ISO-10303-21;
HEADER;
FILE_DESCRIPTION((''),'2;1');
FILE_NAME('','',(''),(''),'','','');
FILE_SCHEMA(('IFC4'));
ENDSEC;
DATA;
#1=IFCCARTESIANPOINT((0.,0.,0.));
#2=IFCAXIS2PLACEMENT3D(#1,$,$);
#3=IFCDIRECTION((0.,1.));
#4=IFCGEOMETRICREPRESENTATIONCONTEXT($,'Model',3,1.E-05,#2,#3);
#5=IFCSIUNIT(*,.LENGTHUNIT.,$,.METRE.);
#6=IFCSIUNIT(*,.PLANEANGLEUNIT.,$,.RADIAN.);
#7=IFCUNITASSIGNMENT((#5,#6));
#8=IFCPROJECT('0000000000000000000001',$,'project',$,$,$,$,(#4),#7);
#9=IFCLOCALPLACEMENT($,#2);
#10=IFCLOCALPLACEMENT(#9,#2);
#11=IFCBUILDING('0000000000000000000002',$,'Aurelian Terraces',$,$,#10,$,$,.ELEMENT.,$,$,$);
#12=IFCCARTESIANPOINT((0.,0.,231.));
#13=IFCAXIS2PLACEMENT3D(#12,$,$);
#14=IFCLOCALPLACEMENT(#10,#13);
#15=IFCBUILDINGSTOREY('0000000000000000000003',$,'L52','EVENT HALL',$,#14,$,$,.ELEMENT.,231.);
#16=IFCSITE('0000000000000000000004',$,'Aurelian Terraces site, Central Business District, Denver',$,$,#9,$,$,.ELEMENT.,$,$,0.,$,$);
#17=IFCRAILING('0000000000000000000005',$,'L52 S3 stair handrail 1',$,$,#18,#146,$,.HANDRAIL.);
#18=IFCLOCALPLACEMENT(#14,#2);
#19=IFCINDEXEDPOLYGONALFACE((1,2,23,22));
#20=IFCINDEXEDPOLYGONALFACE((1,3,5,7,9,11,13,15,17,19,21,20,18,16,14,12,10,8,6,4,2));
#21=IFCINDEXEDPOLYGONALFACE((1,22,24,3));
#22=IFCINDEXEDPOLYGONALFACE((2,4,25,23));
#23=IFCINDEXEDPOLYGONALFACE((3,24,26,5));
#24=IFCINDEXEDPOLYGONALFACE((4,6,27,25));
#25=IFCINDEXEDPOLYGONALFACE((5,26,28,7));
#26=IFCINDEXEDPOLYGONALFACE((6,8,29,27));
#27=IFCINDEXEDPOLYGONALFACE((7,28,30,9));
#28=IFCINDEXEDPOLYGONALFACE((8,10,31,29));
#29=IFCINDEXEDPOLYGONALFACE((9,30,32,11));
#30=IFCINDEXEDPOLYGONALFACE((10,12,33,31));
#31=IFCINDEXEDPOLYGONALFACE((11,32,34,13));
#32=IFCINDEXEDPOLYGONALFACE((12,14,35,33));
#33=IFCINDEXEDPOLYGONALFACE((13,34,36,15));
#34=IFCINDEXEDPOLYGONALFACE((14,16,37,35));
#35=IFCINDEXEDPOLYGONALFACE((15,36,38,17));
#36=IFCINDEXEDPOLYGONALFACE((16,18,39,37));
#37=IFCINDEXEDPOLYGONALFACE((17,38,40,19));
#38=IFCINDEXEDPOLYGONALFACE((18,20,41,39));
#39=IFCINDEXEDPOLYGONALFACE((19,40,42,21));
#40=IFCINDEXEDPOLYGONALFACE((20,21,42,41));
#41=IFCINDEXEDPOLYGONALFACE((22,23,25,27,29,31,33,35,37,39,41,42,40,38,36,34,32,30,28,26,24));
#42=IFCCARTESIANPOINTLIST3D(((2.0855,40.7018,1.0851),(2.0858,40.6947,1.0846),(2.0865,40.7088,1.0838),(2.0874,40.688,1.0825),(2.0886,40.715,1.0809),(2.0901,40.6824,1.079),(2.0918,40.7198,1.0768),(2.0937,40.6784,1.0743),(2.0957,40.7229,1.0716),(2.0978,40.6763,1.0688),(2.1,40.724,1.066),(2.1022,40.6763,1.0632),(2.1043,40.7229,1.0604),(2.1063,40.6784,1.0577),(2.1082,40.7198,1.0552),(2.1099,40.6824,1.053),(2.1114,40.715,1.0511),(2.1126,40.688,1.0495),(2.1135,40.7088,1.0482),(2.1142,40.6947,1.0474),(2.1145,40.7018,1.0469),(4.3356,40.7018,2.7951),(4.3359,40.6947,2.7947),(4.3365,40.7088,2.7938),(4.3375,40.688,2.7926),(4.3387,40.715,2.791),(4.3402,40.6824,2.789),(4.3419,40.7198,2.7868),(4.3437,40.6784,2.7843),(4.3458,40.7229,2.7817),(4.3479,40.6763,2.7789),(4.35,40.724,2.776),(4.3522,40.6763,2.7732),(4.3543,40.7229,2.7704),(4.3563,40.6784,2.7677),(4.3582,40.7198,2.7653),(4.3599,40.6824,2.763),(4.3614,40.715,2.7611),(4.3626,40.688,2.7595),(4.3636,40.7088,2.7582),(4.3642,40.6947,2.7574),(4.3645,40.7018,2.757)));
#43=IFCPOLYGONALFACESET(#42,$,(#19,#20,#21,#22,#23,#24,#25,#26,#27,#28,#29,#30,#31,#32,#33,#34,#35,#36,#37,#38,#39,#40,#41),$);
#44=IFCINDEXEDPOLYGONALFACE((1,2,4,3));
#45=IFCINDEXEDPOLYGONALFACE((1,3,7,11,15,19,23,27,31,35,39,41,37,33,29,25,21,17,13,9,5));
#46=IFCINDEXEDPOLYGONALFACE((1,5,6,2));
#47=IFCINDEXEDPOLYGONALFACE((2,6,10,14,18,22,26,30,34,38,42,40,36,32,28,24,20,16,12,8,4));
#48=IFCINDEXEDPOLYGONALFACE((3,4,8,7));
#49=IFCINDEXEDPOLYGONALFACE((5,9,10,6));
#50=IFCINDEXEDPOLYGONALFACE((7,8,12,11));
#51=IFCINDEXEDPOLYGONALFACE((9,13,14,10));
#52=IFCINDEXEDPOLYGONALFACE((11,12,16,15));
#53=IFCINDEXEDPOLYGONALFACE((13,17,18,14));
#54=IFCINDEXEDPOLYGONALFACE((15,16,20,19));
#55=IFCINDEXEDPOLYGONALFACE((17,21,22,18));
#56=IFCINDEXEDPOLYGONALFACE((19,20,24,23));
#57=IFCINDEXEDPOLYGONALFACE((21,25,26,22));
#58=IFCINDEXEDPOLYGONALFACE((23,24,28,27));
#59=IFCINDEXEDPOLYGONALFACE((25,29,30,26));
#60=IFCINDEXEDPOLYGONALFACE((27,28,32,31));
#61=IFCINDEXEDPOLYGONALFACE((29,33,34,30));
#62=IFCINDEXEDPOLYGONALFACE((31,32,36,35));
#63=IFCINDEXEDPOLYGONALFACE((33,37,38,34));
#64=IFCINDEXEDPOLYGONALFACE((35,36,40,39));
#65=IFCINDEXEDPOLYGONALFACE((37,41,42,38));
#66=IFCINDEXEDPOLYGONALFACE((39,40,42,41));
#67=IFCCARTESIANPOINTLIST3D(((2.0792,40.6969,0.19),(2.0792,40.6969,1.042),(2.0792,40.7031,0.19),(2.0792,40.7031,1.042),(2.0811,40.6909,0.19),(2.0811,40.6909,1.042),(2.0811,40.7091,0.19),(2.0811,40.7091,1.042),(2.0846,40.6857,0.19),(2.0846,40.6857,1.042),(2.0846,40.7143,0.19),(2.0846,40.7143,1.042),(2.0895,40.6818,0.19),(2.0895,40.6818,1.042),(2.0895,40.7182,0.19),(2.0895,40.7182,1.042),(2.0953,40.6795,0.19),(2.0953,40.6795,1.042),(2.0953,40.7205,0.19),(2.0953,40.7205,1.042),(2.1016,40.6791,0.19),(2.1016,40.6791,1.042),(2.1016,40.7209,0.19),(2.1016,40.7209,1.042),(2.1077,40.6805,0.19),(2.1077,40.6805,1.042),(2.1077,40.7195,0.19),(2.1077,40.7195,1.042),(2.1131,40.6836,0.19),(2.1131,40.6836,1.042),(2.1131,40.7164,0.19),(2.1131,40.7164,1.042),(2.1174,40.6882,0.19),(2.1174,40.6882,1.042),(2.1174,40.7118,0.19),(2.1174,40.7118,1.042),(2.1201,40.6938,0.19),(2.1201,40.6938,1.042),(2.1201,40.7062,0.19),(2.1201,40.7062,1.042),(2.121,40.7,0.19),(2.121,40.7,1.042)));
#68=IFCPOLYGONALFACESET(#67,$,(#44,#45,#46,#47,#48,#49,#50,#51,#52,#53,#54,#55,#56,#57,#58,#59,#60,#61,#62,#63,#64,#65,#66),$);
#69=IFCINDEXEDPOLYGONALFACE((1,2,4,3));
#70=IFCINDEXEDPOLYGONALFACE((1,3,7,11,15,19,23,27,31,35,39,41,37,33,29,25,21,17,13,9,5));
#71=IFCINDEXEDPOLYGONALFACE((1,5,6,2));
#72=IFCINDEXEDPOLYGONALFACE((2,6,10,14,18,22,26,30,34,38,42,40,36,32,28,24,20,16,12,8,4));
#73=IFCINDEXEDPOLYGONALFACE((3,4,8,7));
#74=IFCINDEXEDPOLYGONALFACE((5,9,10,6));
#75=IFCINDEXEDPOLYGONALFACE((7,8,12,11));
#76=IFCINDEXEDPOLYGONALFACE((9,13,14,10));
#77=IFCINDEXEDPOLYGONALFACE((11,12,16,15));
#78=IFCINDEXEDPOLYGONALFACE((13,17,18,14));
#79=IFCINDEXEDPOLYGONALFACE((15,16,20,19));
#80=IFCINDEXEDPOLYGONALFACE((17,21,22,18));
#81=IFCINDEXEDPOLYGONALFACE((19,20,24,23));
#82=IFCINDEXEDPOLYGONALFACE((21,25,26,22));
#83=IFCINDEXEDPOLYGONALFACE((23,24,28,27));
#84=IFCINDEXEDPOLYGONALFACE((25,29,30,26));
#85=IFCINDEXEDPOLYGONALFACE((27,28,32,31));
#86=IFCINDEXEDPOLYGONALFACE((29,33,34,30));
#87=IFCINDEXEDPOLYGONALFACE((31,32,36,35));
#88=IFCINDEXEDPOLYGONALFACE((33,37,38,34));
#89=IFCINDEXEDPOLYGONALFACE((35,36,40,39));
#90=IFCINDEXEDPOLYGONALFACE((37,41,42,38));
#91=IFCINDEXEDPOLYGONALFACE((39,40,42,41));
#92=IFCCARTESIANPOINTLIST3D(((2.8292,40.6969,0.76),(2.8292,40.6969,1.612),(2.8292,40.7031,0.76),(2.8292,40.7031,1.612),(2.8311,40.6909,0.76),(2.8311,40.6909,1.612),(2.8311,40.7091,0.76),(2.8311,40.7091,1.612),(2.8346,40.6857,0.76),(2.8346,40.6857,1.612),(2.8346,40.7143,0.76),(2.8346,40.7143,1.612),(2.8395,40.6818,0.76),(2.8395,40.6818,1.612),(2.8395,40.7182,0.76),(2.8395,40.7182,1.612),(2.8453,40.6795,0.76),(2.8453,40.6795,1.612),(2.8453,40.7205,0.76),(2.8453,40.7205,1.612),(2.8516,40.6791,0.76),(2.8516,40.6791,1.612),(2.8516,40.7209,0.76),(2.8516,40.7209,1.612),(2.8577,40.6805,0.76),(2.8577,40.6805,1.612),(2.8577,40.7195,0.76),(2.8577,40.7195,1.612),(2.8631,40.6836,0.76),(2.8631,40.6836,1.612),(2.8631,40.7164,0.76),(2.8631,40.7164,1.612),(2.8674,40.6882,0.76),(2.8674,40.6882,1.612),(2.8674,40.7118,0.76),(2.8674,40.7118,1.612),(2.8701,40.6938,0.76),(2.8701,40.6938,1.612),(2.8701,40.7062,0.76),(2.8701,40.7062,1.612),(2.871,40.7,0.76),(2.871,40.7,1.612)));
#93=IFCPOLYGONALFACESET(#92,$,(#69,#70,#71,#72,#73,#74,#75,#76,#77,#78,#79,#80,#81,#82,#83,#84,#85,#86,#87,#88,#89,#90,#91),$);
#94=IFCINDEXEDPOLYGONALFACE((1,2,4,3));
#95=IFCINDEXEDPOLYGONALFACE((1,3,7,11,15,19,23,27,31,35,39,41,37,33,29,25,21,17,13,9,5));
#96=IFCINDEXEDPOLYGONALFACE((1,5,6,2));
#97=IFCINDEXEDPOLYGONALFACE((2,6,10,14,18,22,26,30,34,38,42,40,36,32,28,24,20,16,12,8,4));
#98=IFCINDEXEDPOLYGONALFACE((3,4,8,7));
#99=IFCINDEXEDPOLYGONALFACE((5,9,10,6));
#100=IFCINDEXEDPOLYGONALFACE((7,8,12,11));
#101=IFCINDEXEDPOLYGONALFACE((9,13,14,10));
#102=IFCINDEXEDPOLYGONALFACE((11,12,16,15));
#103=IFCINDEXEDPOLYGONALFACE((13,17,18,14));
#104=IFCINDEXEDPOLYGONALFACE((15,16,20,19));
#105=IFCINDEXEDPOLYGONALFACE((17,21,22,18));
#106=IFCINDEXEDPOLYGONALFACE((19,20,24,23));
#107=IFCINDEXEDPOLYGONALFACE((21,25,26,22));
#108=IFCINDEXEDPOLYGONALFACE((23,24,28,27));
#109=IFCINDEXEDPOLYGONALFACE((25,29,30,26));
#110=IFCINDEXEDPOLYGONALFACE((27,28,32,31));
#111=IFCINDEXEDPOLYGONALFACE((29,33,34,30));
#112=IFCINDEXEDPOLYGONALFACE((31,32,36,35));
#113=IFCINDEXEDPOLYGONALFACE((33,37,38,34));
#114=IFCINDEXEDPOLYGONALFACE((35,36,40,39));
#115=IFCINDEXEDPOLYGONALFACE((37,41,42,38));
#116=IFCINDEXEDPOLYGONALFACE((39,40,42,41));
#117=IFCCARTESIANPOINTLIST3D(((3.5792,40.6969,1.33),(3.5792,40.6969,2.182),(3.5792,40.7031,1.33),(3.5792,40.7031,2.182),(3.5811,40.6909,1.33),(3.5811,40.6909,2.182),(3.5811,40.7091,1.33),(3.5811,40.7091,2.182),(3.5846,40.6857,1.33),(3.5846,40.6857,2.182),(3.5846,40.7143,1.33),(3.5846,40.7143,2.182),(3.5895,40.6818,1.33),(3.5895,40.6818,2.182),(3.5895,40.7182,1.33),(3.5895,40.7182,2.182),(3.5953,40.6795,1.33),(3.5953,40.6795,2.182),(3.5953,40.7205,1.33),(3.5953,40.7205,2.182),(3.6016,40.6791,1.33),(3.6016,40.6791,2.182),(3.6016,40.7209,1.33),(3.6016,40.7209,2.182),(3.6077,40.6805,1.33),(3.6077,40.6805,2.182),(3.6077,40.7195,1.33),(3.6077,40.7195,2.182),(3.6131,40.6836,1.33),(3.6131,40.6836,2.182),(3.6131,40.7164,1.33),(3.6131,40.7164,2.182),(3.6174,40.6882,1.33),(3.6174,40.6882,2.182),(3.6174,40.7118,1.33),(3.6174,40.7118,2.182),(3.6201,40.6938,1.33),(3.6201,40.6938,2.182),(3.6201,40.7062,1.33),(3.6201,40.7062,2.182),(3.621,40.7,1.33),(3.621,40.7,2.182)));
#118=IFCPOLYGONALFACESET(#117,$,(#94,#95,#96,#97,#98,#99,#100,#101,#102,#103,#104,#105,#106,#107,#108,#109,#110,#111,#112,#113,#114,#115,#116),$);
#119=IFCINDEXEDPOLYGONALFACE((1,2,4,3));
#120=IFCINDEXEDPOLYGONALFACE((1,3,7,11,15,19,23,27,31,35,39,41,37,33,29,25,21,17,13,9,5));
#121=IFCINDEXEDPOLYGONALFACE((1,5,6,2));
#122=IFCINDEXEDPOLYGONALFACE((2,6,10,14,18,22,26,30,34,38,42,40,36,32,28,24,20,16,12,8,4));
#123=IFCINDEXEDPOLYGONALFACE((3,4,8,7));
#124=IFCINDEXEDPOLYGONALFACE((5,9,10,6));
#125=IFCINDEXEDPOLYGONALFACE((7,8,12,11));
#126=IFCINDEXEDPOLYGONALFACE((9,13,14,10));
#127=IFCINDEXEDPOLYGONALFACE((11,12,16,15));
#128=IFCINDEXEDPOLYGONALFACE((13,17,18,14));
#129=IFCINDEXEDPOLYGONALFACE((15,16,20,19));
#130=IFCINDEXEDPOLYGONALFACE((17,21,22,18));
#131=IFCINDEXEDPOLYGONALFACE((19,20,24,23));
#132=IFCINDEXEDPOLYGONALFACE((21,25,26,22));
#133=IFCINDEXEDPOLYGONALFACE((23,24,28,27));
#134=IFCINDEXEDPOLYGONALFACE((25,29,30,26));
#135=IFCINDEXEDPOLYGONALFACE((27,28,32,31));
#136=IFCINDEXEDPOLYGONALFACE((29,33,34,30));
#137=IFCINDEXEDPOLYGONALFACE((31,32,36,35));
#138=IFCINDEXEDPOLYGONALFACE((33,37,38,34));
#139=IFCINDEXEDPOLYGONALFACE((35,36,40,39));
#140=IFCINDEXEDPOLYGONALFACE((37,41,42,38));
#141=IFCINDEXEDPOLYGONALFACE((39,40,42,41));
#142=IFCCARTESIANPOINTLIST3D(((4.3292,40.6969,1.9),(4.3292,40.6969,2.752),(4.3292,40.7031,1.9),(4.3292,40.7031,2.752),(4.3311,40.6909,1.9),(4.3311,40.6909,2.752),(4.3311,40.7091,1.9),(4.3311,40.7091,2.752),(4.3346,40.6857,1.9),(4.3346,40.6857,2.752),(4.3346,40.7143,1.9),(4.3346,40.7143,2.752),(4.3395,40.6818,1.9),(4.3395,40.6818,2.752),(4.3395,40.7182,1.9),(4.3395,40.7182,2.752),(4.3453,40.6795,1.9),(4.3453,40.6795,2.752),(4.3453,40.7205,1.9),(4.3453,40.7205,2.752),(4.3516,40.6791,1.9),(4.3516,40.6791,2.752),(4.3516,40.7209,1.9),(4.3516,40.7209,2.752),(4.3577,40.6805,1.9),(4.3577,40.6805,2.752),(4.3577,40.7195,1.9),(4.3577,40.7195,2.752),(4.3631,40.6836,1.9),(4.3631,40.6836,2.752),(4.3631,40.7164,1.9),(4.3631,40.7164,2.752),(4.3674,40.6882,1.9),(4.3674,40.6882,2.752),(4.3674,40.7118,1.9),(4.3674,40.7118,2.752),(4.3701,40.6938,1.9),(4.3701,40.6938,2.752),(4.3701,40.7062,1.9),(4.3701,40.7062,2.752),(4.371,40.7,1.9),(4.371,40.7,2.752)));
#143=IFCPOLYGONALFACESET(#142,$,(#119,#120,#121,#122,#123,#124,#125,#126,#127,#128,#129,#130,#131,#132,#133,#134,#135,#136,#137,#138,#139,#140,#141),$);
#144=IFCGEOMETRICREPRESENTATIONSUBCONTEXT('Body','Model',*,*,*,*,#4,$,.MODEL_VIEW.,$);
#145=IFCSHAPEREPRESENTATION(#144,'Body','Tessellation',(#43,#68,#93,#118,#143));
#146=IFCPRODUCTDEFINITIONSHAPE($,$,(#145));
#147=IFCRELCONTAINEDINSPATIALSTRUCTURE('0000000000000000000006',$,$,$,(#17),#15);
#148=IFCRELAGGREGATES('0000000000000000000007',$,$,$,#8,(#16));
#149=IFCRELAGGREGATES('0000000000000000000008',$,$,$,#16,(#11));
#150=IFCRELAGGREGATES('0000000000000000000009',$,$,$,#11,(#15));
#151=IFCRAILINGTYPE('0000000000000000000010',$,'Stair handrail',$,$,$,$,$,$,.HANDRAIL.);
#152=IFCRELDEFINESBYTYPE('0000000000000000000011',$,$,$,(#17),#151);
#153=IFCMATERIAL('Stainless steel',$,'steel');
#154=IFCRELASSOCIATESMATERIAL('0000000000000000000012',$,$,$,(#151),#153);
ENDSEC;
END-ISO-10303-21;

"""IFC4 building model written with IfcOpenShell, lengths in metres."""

from ifc_helpers import new_model, si_unit, direction, frame, origin, origin_2d, place, context, subcontext, project, spatial, circle, extrude, source, transform, mapped, material, type_object, element, save


model = new_model("IFC4")

# Units and contexts
model_context = context("Model", 3, precision=1e-05, world=origin(), true_north=direction((0.0, 1.0)))
body_context = subcontext(model_context, "Body", "Model", "MODEL_VIEW")
ifc_project = project(units=[si_unit("LENGTHUNIT", "METRE"), si_unit("PLANEANGLEUNIT", "RADIAN")], contexts=[model_context])

# Site, building, storey
site_placement = place(None, origin())
site = spatial("IfcSite", under=ifc_project, at=site_placement, Name="Aurelian Terraces site, Central Business District, Denver", CompositionType="ELEMENT", RefElevation=0.0)
building_placement = place(site_placement, origin())
building = spatial("IfcBuilding", under=site, at=building_placement, Name="Aurelian Terraces", CompositionType="ELEMENT")
storey_placement = place(building_placement, frame((0.0, 0.0, 231.0)))
storey = spatial("IfcBuildingStorey", under=building, at=storey_placement, Name="L52", Description="EVENT HALL", CompositionType="ELEMENT", Elevation=231.0)

# Railing
ifc_material_1 = material(Name="Stainless steel", Category="steel")
railing_type_1 = type_object("IfcRailingType", Name="Stair handrail", PredefinedType="HANDRAIL", material=ifc_material_1)
shared_shape_1 = source(origin(), body_context, "Body", "SweptSolid", [
    extrude(circle(Radius=0.024, at=origin_2d()), frame((0.0, 0.0, 0.876), z_axis=(0.796162, 0.0, 0.605083), x_axis=(0.0, 1.0, 0.0)), (0.0, 0.0, 1.0), 2.8261),
    extrude(circle(Radius=0.021, at=origin_2d()), origin(), (0.0, 0.0, 1.0), 0.852),
    extrude(circle(Radius=0.021, at=origin_2d()), frame((0.75, 0.0, 0.57)), (0.0, 0.0, 1.0), 0.852),
    extrude(circle(Radius=0.021, at=origin_2d()), frame((1.5, 0.0, 1.14)), (0.0, 0.0, 1.0), 0.852),
    extrude(circle(Radius=0.021, at=origin_2d()), frame((2.25, 0.0, 1.71)), (0.0, 0.0, 1.0), 0.852),
])
railing_1_placement = place(storey_placement, frame((2.1, 40.7, 0.19)))
element("IfcRailing", 1, at=railing_1_placement, inside=storey, type_object=railing_type_1, Name="L52 S3 stair handrail 1", PredefinedType="HANDRAIL", context=body_context, shape_type="MappedRepresentation", body=[
    mapped(shared_shape_1, transform((0.0, 0.0, 0.0), scale=1.0)),
])

save(model, "model.ifc")
